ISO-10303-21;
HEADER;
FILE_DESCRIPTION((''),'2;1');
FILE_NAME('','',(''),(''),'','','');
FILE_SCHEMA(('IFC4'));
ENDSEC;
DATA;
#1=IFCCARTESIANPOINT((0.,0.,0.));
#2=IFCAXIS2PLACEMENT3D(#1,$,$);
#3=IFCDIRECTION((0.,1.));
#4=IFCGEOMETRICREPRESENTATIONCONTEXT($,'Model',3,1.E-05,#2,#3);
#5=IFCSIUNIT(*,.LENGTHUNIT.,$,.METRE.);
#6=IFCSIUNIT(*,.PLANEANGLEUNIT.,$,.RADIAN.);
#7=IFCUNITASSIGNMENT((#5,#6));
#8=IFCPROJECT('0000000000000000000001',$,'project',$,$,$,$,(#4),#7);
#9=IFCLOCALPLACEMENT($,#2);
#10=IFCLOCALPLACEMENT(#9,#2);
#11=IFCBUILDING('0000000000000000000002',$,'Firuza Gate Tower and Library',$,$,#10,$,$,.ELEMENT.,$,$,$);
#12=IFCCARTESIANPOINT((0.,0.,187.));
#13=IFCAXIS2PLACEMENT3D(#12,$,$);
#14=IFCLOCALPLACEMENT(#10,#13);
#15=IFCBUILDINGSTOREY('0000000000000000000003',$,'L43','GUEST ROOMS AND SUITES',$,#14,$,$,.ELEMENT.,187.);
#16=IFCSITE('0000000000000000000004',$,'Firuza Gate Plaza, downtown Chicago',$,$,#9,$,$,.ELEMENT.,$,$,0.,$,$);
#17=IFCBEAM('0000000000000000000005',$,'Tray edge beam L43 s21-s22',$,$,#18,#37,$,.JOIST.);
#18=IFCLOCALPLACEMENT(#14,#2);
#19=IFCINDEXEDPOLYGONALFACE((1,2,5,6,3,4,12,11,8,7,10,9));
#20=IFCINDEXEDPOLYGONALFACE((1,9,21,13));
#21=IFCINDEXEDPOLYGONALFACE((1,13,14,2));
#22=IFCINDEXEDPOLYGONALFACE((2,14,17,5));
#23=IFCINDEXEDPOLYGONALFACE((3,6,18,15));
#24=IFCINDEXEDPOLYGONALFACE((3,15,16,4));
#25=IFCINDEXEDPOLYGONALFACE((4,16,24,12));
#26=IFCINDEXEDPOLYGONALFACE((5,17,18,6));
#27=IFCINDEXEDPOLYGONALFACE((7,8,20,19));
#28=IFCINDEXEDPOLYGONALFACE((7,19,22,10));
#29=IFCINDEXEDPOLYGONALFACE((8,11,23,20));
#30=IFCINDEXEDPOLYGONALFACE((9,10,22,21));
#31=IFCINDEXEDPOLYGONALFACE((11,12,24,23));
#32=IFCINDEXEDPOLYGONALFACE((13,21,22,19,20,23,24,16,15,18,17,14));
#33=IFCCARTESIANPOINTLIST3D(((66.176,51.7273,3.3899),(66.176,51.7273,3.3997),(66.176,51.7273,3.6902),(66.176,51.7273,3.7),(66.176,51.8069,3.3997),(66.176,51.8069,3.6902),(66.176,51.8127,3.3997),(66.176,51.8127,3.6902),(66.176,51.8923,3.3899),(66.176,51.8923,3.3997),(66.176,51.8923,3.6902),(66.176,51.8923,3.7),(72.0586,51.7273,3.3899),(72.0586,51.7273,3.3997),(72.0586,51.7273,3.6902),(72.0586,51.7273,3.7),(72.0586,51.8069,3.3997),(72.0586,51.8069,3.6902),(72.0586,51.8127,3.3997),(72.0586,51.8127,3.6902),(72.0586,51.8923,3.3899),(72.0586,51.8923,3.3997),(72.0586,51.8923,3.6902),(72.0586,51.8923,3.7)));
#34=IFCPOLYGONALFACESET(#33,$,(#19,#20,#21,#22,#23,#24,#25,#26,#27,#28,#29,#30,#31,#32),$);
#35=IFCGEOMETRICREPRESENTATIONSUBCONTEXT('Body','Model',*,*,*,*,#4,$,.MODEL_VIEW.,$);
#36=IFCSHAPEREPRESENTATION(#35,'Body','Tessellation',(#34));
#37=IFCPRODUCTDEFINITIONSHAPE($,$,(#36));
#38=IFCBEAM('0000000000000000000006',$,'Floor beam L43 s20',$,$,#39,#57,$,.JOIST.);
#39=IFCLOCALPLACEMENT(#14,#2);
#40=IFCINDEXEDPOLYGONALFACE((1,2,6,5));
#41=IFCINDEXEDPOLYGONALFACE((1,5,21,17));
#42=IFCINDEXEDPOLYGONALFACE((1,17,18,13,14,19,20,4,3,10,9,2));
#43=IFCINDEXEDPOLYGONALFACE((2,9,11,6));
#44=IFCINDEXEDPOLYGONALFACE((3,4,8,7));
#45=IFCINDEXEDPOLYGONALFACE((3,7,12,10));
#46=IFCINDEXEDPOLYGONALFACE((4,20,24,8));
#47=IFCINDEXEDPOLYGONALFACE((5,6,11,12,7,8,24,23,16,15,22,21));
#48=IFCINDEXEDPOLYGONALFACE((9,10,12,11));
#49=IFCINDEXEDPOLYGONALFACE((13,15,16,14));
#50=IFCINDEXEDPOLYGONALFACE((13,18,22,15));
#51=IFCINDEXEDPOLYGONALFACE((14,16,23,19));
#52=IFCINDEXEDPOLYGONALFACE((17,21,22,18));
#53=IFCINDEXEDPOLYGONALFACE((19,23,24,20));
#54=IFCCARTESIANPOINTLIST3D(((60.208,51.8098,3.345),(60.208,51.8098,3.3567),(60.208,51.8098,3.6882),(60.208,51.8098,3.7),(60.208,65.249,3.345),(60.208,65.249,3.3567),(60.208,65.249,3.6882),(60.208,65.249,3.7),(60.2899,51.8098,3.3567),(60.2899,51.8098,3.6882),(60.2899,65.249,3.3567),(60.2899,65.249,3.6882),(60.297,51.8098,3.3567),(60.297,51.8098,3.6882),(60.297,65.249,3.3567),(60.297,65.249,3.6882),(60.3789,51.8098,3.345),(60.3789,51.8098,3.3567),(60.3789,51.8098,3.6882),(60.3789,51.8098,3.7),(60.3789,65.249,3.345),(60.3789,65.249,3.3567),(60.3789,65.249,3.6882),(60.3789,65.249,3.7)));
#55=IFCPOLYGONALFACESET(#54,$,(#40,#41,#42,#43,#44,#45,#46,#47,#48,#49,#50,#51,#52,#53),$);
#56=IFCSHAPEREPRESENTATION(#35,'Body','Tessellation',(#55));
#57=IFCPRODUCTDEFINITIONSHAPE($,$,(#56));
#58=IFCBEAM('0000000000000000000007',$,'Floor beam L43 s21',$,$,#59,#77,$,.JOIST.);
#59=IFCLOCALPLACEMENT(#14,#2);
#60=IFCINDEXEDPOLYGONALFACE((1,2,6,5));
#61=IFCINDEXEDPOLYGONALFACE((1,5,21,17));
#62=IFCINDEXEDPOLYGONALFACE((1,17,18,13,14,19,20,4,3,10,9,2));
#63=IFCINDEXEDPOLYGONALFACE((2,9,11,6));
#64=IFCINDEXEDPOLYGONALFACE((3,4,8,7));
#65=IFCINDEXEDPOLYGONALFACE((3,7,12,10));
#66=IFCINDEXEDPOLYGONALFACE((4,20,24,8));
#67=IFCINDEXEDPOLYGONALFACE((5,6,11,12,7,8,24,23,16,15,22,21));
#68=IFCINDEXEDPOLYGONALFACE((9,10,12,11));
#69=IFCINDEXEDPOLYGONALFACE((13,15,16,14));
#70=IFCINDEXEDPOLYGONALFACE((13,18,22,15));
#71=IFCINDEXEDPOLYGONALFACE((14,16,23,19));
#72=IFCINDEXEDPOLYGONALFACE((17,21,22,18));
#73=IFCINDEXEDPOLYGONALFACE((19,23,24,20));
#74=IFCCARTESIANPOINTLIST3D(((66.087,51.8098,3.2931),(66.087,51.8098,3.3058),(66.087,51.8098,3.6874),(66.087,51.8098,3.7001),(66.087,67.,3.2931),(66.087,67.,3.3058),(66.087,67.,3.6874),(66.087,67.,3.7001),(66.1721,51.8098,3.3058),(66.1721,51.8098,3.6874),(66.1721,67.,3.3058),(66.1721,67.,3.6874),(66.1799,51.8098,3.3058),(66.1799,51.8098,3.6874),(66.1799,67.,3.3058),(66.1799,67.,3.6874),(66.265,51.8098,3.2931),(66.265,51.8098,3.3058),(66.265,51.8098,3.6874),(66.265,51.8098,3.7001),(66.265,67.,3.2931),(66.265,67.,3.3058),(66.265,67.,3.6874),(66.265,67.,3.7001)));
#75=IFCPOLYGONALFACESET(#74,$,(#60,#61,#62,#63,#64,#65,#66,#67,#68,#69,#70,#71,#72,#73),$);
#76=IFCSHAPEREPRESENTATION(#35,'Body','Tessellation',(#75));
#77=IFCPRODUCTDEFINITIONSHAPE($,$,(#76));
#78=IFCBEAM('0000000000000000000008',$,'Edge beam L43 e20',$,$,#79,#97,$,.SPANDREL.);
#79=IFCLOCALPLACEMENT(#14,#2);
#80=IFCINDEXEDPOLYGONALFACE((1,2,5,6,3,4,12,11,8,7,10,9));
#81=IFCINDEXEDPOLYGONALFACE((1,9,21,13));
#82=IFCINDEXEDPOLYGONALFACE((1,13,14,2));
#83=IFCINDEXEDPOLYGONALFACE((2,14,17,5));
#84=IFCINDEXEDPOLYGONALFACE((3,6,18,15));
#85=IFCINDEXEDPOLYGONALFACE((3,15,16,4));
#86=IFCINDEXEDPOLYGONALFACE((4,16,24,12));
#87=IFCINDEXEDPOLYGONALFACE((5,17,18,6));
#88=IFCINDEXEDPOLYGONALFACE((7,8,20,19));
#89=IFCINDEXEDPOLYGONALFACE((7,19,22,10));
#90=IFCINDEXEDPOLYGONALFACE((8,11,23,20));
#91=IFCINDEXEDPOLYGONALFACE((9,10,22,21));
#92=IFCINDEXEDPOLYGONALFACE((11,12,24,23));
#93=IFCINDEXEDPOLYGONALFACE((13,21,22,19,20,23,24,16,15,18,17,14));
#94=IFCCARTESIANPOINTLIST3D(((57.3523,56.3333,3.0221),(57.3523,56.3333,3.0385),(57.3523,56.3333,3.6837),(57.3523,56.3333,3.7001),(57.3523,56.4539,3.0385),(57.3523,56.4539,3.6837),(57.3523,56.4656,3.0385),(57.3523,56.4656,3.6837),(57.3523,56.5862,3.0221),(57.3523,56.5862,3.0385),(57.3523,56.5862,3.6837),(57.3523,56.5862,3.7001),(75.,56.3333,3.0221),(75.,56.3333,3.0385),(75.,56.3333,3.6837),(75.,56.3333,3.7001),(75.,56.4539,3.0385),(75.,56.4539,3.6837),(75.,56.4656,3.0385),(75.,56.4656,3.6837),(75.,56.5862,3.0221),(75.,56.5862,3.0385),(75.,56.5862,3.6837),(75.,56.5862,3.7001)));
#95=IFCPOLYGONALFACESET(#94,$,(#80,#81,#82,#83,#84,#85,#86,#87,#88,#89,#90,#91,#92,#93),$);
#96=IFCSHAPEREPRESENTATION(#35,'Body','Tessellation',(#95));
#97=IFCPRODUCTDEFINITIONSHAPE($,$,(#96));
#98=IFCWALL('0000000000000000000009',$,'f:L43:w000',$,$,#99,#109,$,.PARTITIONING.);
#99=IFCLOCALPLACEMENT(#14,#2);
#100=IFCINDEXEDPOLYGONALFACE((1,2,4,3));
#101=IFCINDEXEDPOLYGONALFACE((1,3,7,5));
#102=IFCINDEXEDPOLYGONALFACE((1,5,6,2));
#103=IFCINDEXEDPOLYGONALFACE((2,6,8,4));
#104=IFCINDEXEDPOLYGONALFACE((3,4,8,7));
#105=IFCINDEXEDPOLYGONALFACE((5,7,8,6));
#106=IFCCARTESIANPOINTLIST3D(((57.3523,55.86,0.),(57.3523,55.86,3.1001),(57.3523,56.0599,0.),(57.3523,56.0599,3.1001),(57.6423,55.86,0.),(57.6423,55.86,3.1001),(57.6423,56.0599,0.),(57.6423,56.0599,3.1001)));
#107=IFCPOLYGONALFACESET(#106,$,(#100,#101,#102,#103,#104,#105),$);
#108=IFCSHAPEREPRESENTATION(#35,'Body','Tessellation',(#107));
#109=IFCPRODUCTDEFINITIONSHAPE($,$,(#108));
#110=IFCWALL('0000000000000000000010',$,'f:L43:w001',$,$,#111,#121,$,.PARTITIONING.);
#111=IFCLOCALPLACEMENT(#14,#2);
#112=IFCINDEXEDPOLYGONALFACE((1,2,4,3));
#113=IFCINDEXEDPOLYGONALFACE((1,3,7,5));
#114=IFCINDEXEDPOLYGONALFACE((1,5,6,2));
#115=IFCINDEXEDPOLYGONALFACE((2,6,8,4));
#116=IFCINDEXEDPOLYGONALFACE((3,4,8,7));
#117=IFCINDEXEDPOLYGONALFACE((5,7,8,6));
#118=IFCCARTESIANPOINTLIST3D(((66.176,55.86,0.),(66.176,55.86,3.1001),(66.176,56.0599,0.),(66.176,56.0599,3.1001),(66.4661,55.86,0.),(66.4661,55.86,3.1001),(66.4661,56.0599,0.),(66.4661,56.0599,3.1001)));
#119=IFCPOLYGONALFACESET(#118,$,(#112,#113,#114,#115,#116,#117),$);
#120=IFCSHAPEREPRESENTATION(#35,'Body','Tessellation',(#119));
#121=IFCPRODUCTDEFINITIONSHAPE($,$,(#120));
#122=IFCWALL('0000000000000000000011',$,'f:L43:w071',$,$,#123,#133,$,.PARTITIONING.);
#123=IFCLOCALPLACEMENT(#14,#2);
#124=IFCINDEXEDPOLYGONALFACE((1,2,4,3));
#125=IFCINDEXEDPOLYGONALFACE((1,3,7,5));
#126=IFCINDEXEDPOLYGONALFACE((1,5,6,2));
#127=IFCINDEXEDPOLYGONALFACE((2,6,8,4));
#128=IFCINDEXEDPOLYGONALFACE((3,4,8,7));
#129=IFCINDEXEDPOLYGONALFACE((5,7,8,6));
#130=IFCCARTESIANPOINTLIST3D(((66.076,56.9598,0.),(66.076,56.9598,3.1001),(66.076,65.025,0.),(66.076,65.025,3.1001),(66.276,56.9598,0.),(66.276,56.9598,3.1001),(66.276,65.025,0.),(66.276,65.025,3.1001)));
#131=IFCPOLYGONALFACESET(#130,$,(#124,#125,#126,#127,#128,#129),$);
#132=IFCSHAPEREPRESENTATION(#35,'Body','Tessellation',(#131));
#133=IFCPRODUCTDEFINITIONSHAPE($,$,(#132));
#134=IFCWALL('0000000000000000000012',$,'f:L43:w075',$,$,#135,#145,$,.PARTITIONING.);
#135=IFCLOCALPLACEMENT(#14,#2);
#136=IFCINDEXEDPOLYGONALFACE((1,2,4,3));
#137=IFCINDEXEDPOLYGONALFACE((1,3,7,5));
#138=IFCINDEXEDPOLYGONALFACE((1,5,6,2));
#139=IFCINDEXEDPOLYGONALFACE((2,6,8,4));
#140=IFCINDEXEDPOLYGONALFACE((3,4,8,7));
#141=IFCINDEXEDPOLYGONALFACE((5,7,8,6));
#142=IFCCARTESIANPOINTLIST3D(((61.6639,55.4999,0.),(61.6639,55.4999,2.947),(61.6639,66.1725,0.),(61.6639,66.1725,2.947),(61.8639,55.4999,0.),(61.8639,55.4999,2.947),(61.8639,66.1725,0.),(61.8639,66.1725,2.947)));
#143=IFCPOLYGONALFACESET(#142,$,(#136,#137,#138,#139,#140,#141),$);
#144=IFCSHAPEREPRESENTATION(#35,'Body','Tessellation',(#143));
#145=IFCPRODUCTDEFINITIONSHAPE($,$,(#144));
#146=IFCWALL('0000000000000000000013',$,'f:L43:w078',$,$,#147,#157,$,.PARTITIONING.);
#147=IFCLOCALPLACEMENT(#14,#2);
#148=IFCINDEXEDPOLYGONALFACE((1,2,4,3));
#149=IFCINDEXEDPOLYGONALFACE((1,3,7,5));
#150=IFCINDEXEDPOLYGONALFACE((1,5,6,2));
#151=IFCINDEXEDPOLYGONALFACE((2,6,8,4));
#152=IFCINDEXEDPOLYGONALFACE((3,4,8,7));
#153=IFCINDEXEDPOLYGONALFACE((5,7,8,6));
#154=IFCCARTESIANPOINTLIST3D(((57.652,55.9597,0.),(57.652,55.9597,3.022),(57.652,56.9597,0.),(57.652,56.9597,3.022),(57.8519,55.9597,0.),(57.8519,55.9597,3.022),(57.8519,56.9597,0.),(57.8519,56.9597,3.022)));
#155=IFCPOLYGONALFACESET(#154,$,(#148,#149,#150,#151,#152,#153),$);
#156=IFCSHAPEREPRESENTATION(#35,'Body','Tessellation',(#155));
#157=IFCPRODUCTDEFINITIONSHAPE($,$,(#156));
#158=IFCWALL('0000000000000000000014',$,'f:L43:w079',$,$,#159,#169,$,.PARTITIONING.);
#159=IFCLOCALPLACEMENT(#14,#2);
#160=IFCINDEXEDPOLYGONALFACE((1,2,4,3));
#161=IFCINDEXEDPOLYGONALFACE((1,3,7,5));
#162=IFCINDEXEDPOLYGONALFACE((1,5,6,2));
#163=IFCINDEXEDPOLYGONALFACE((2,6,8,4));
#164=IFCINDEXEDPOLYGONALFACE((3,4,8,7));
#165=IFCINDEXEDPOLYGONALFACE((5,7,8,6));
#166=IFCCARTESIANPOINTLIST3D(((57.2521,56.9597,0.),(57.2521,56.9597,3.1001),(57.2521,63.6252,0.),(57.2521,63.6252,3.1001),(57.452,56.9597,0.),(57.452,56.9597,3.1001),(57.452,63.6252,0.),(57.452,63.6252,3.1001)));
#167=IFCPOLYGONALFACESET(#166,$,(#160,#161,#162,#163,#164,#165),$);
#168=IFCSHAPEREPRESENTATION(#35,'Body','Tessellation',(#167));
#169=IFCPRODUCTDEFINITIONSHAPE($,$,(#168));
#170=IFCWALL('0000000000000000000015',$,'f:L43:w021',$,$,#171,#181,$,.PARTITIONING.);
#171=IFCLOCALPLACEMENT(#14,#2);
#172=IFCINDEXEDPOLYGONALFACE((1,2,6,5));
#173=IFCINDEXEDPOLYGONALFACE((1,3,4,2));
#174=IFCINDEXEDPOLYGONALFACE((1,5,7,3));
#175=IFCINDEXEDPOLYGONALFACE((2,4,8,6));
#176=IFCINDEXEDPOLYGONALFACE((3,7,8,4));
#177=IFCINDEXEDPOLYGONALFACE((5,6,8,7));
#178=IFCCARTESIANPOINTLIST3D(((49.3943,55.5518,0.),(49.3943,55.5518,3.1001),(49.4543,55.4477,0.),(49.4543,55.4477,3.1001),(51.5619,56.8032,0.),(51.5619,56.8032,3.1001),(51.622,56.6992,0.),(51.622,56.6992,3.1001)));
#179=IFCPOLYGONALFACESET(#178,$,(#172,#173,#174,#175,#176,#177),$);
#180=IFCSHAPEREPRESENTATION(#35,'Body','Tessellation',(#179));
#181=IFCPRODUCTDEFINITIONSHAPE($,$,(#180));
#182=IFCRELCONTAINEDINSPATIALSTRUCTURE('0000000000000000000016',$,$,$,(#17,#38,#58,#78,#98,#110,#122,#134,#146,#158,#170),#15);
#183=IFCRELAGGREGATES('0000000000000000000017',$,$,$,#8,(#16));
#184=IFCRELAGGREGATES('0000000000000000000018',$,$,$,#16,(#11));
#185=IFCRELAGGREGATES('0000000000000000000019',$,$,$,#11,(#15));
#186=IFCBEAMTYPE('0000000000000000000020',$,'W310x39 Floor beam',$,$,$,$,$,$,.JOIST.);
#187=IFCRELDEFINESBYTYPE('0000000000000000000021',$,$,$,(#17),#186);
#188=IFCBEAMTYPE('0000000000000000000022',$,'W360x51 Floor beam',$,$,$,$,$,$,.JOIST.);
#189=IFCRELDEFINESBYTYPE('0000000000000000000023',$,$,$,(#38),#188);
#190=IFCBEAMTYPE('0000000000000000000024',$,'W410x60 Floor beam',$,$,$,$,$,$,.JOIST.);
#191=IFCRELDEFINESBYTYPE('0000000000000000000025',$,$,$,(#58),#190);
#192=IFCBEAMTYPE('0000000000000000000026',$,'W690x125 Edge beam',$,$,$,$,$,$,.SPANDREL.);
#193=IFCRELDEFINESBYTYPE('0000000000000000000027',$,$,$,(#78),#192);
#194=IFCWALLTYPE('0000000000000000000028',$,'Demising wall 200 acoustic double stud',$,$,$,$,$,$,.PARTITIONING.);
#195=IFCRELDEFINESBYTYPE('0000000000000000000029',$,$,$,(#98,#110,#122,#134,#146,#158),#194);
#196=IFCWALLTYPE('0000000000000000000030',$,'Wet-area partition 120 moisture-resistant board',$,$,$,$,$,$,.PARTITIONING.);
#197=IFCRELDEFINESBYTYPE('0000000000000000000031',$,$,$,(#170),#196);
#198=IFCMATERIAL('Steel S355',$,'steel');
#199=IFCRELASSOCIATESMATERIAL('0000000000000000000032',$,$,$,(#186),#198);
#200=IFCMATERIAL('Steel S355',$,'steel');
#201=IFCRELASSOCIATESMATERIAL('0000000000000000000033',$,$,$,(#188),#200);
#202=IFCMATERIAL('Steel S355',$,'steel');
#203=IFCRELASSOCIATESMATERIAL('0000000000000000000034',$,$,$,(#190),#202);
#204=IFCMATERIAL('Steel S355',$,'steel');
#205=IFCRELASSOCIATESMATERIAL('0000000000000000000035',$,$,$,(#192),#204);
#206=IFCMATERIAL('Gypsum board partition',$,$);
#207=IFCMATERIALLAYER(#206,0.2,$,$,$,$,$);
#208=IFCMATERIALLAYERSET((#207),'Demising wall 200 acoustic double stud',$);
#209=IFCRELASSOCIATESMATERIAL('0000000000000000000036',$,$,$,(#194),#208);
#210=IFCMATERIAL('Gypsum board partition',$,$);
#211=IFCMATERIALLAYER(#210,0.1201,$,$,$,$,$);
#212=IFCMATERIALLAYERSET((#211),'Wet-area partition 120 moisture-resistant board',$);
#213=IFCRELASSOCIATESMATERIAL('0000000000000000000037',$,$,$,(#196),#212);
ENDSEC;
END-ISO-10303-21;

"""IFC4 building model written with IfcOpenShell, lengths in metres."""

from ifc_helpers import new_model, si_unit, direction, frame, frame_2d, origin, origin_2d, place, context, subcontext, project, spatial, rectangle, i_section, extrude, material, layer, layer_set, material_profile, profile_set, type_object, element, save


model = new_model("IFC4")

# Units and contexts
model_context = context("Model", 3, precision=1e-05, world=origin(), true_north=direction((0.0, 1.0)))
body_context = subcontext(model_context, "Body", "Model", "MODEL_VIEW")
ifc_project = project(units=[si_unit("LENGTHUNIT", "METRE"), si_unit("PLANEANGLEUNIT", "RADIAN")], contexts=[model_context])

# Site, building, storey
site_placement = place(None, origin())
site = spatial("IfcSite", under=ifc_project, at=site_placement, Name="Firuza Gate Plaza, downtown Chicago", CompositionType="ELEMENT", RefElevation=0.0)
building_placement = place(site_placement, origin())
building = spatial("IfcBuilding", under=site, at=building_placement, Name="Firuza Gate Tower and Library", CompositionType="ELEMENT")
storey_placement = place(building_placement, frame((0.0, 0.0, 187.0)))
storey = spatial("IfcBuildingStorey", under=building, at=storey_placement, Name="L43", Description="GUEST ROOMS AND SUITES", CompositionType="ELEMENT", Elevation=187.0)

# Beams
ifc_material_1 = material(Name="Steel S355", Category="steel")
ifc_material_profile_1 = material_profile(ifc_material_1, i_section(OverallWidth=0.165, OverallDepth=0.3101, WebThickness=0.0059, FlangeThickness=0.0098, at=origin_2d()))
ifc_profile_set_1 = profile_set([ifc_material_profile_1], Name="Steel S355")
beam_type_1 = type_object("IfcBeamType", Name="W310x39 Floor beam", PredefinedType="JOIST", material=ifc_profile_set_1)
for number, where, z_axis, x_axis, name in (
    (1, (66.176, 51.8098, 3.5449), (1.0, 0.0, 0.0), (0.0, 1.0, 0.0), "Tray edge beam L43 s21-s22"),
):
    element("IfcBeam", number, at=place(storey_placement, frame(where, z_axis=z_axis, x_axis=x_axis)), inside=storey, type_object=beam_type_1, Name=name, PredefinedType="JOIST", context=body_context, shape_type="SweptSolid", body=[
        extrude(i_section(OverallWidth=0.165, OverallDepth=0.3101, WebThickness=0.0059, FlangeThickness=0.0098, at=origin_2d()), origin(), (0.0, 0.0, 1.0), 5.8826),
    ])
ifc_material_2 = material(Name="Steel S355", Category="steel")
ifc_material_profile_2 = material_profile(ifc_material_2, i_section(OverallWidth=0.1709, OverallDepth=0.355, WebThickness=0.0071, FlangeThickness=0.0117, at=origin_2d()))
ifc_profile_set_2 = profile_set([ifc_material_profile_2], Name="Steel S355")
beam_type_2 = type_object("IfcBeamType", Name="W360x51 Floor beam", PredefinedType="JOIST", material=ifc_profile_set_2)
beam_1_placement = place(storey_placement, frame((60.2935, 51.8098, 3.5225), z_axis=(0.0, 1.0, 0.0), x_axis=(-1.0, 0.0, 0.0)))
element("IfcBeam", 2, at=beam_1_placement, inside=storey, type_object=beam_type_2, Name="Floor beam L43 s20", PredefinedType="JOIST", context=body_context, shape_type="SweptSolid", body=[
    extrude(i_section(OverallWidth=0.1709, OverallDepth=0.355, WebThickness=0.0071, FlangeThickness=0.0117, at=origin_2d()), origin(), (0.0, 0.0, 1.0), 13.4392),
])
ifc_material_3 = material(Name="Steel S355", Category="steel")
ifc_material_profile_3 = material_profile(ifc_material_3, i_section(OverallWidth=0.178, OverallDepth=0.407, WebThickness=0.0078, FlangeThickness=0.0127, at=origin_2d()))
ifc_profile_set_3 = profile_set([ifc_material_profile_3], Name="Steel S355")
beam_type_3 = type_object("IfcBeamType", Name="W410x60 Floor beam", PredefinedType="JOIST", material=ifc_profile_set_3)
beam_2_placement = place(storey_placement, frame((66.176, 51.8098, 3.4966), z_axis=(0.0, 1.0, 0.0), x_axis=(-1.0, 0.0, 0.0)))
element("IfcBeam", 3, at=beam_2_placement, inside=storey, type_object=beam_type_3, Name="Floor beam L43 s21", PredefinedType="JOIST", context=body_context, shape_type="SweptSolid", body=[
    extrude(i_section(OverallWidth=0.178, OverallDepth=0.407, WebThickness=0.0078, FlangeThickness=0.0127, at=origin_2d()), origin(), (0.0, 0.0, 1.0), 15.1902),
])
ifc_material_4 = material(Name="Steel S355", Category="steel")
ifc_material_profile_4 = material_profile(ifc_material_4, i_section(OverallWidth=0.2529, OverallDepth=0.678, WebThickness=0.0117, FlangeThickness=0.0164, at=origin_2d()))
ifc_profile_set_4 = profile_set([ifc_material_profile_4], Name="Steel S355")
beam_type_4 = type_object("IfcBeamType", Name="W690x125 Edge beam", PredefinedType="SPANDREL", material=ifc_profile_set_4)
beam_3_placement = place(storey_placement, frame((57.3523, 56.4597, 3.3611), z_axis=(1.0, 0.0, 0.0), x_axis=(0.0, 1.0, 0.0)))
element("IfcBeam", 4, at=beam_3_placement, inside=storey, type_object=beam_type_4, Name="Edge beam L43 e20", PredefinedType="SPANDREL", context=body_context, shape_type="SweptSolid", body=[
    extrude(i_section(OverallWidth=0.2529, OverallDepth=0.678, WebThickness=0.0117, FlangeThickness=0.0164, at=origin_2d()), origin(), (0.0, 0.0, 1.0), 17.6477),
])

# Walls
ifc_material_5 = material(Name="Gypsum board partition")
ifc_layer_1 = layer(ifc_material_5, 0.2)
ifc_layer_set_1 = layer_set([ifc_layer_1], Name="Demising wall 200 acoustic double stud")
wall_type_1 = type_object("IfcWallType", Name="Demising wall 200 acoustic double stud", PredefinedType="PARTITIONING", material=ifc_layer_set_1)
for number, where, z_axis, x_axis, name in (
    (5, (57.3523, 55.96, 0.0), (0.0, 0.0, 1.0), (1.0, 0.0, 0.0), "f:L43:w000"),
    (6, (66.176, 55.96, 0.0), (0.0, 0.0, 1.0), (1.0, 0.0, 0.0), "f:L43:w001"),
):
    element("IfcWall", number, at=place(storey_placement, frame(where, z_axis=z_axis, x_axis=x_axis)), inside=storey, type_object=wall_type_1, Name=name, PredefinedType="PARTITIONING", context=body_context, shape_type="SweptSolid", body=[
        extrude(rectangle(XDim=0.29, YDim=0.2, at=frame_2d((0.145, 0.0))), origin(), (0.0, 0.0, 1.0), 3.1001),
    ])
wall_1_placement = place(storey_placement, frame((66.176, 56.9597, 0.0), z_axis=(0.0, 0.0, 1.0), x_axis=(0.0, 1.0, 0.0)))
element("IfcWall", 7, at=wall_1_placement, inside=storey, type_object=wall_type_1, Name="f:L43:w071", PredefinedType="PARTITIONING", context=body_context, shape_type="SweptSolid", body=[
    extrude(rectangle(XDim=8.0652, YDim=0.2, at=frame_2d((4.0327, 0.0))), origin(), (0.0, 0.0, 1.0), 3.1001),
])
wall_2_placement = place(storey_placement, frame((61.7639, 55.4998, 0.0), z_axis=(0.0, 0.0, 1.0), x_axis=(0.0, 1.0, 0.0)))
element("IfcWall", 8, at=wall_2_placement, inside=storey, type_object=wall_type_1, Name="f:L43:w075", PredefinedType="PARTITIONING", context=body_context, shape_type="SweptSolid", body=[
    extrude(rectangle(XDim=10.6726, YDim=0.2, at=frame_2d((5.3364, 0.0))), origin(), (0.0, 0.0, 1.0), 2.947),
])
wall_3_placement = place(storey_placement, frame((57.752, 55.9597, 0.0), z_axis=(0.0, 0.0, 1.0), x_axis=(0.0, 1.0, 0.0)))
element("IfcWall", 9, at=wall_3_placement, inside=storey, type_object=wall_type_1, Name="f:L43:w078", PredefinedType="PARTITIONING", context=body_context, shape_type="SweptSolid", body=[
    extrude(rectangle(XDim=1.0, YDim=0.2, at=frame_2d((0.5, 0.0))), origin(), (0.0, 0.0, 1.0), 3.022),
])
wall_4_placement = place(storey_placement, frame((57.3521, 56.9597, 0.0), z_axis=(0.0, 0.0, 1.0), x_axis=(0.0, 1.0, 0.0)))
element("IfcWall", 10, at=wall_4_placement, inside=storey, type_object=wall_type_1, Name="f:L43:w079", PredefinedType="PARTITIONING", context=body_context, shape_type="SweptSolid", body=[
    extrude(rectangle(XDim=6.6655, YDim=0.2, at=frame_2d((3.3328, 0.0))), origin(), (0.0, 0.0, 1.0), 3.1001),
])
ifc_material_6 = material(Name="Gypsum board partition")
ifc_layer_2 = layer(ifc_material_6, 0.1201)
ifc_layer_set_2 = layer_set([ifc_layer_2], Name="Wet-area partition 120 moisture-resistant board")
wall_type_2 = type_object("IfcWallType", Name="Wet-area partition 120 moisture-resistant board", PredefinedType="PARTITIONING", material=ifc_layer_set_2)
wall_5_placement = place(storey_placement, frame((49.4243, 55.4998, 0.0), z_axis=(0.0, 0.0, 1.0), x_axis=(0.866038, 0.499979, 0.0)))
element("IfcWall", 11, at=wall_5_placement, inside=storey, type_object=wall_type_2, Name="f:L43:w021", PredefinedType="PARTITIONING", context=body_context, shape_type="SweptSolid", body=[
    extrude(rectangle(XDim=2.5029, YDim=0.1201, at=frame_2d((1.2515, 0.0))), origin(), (0.0, 0.0, 1.0), 3.1001),
])

save(model, "model.ifc")
